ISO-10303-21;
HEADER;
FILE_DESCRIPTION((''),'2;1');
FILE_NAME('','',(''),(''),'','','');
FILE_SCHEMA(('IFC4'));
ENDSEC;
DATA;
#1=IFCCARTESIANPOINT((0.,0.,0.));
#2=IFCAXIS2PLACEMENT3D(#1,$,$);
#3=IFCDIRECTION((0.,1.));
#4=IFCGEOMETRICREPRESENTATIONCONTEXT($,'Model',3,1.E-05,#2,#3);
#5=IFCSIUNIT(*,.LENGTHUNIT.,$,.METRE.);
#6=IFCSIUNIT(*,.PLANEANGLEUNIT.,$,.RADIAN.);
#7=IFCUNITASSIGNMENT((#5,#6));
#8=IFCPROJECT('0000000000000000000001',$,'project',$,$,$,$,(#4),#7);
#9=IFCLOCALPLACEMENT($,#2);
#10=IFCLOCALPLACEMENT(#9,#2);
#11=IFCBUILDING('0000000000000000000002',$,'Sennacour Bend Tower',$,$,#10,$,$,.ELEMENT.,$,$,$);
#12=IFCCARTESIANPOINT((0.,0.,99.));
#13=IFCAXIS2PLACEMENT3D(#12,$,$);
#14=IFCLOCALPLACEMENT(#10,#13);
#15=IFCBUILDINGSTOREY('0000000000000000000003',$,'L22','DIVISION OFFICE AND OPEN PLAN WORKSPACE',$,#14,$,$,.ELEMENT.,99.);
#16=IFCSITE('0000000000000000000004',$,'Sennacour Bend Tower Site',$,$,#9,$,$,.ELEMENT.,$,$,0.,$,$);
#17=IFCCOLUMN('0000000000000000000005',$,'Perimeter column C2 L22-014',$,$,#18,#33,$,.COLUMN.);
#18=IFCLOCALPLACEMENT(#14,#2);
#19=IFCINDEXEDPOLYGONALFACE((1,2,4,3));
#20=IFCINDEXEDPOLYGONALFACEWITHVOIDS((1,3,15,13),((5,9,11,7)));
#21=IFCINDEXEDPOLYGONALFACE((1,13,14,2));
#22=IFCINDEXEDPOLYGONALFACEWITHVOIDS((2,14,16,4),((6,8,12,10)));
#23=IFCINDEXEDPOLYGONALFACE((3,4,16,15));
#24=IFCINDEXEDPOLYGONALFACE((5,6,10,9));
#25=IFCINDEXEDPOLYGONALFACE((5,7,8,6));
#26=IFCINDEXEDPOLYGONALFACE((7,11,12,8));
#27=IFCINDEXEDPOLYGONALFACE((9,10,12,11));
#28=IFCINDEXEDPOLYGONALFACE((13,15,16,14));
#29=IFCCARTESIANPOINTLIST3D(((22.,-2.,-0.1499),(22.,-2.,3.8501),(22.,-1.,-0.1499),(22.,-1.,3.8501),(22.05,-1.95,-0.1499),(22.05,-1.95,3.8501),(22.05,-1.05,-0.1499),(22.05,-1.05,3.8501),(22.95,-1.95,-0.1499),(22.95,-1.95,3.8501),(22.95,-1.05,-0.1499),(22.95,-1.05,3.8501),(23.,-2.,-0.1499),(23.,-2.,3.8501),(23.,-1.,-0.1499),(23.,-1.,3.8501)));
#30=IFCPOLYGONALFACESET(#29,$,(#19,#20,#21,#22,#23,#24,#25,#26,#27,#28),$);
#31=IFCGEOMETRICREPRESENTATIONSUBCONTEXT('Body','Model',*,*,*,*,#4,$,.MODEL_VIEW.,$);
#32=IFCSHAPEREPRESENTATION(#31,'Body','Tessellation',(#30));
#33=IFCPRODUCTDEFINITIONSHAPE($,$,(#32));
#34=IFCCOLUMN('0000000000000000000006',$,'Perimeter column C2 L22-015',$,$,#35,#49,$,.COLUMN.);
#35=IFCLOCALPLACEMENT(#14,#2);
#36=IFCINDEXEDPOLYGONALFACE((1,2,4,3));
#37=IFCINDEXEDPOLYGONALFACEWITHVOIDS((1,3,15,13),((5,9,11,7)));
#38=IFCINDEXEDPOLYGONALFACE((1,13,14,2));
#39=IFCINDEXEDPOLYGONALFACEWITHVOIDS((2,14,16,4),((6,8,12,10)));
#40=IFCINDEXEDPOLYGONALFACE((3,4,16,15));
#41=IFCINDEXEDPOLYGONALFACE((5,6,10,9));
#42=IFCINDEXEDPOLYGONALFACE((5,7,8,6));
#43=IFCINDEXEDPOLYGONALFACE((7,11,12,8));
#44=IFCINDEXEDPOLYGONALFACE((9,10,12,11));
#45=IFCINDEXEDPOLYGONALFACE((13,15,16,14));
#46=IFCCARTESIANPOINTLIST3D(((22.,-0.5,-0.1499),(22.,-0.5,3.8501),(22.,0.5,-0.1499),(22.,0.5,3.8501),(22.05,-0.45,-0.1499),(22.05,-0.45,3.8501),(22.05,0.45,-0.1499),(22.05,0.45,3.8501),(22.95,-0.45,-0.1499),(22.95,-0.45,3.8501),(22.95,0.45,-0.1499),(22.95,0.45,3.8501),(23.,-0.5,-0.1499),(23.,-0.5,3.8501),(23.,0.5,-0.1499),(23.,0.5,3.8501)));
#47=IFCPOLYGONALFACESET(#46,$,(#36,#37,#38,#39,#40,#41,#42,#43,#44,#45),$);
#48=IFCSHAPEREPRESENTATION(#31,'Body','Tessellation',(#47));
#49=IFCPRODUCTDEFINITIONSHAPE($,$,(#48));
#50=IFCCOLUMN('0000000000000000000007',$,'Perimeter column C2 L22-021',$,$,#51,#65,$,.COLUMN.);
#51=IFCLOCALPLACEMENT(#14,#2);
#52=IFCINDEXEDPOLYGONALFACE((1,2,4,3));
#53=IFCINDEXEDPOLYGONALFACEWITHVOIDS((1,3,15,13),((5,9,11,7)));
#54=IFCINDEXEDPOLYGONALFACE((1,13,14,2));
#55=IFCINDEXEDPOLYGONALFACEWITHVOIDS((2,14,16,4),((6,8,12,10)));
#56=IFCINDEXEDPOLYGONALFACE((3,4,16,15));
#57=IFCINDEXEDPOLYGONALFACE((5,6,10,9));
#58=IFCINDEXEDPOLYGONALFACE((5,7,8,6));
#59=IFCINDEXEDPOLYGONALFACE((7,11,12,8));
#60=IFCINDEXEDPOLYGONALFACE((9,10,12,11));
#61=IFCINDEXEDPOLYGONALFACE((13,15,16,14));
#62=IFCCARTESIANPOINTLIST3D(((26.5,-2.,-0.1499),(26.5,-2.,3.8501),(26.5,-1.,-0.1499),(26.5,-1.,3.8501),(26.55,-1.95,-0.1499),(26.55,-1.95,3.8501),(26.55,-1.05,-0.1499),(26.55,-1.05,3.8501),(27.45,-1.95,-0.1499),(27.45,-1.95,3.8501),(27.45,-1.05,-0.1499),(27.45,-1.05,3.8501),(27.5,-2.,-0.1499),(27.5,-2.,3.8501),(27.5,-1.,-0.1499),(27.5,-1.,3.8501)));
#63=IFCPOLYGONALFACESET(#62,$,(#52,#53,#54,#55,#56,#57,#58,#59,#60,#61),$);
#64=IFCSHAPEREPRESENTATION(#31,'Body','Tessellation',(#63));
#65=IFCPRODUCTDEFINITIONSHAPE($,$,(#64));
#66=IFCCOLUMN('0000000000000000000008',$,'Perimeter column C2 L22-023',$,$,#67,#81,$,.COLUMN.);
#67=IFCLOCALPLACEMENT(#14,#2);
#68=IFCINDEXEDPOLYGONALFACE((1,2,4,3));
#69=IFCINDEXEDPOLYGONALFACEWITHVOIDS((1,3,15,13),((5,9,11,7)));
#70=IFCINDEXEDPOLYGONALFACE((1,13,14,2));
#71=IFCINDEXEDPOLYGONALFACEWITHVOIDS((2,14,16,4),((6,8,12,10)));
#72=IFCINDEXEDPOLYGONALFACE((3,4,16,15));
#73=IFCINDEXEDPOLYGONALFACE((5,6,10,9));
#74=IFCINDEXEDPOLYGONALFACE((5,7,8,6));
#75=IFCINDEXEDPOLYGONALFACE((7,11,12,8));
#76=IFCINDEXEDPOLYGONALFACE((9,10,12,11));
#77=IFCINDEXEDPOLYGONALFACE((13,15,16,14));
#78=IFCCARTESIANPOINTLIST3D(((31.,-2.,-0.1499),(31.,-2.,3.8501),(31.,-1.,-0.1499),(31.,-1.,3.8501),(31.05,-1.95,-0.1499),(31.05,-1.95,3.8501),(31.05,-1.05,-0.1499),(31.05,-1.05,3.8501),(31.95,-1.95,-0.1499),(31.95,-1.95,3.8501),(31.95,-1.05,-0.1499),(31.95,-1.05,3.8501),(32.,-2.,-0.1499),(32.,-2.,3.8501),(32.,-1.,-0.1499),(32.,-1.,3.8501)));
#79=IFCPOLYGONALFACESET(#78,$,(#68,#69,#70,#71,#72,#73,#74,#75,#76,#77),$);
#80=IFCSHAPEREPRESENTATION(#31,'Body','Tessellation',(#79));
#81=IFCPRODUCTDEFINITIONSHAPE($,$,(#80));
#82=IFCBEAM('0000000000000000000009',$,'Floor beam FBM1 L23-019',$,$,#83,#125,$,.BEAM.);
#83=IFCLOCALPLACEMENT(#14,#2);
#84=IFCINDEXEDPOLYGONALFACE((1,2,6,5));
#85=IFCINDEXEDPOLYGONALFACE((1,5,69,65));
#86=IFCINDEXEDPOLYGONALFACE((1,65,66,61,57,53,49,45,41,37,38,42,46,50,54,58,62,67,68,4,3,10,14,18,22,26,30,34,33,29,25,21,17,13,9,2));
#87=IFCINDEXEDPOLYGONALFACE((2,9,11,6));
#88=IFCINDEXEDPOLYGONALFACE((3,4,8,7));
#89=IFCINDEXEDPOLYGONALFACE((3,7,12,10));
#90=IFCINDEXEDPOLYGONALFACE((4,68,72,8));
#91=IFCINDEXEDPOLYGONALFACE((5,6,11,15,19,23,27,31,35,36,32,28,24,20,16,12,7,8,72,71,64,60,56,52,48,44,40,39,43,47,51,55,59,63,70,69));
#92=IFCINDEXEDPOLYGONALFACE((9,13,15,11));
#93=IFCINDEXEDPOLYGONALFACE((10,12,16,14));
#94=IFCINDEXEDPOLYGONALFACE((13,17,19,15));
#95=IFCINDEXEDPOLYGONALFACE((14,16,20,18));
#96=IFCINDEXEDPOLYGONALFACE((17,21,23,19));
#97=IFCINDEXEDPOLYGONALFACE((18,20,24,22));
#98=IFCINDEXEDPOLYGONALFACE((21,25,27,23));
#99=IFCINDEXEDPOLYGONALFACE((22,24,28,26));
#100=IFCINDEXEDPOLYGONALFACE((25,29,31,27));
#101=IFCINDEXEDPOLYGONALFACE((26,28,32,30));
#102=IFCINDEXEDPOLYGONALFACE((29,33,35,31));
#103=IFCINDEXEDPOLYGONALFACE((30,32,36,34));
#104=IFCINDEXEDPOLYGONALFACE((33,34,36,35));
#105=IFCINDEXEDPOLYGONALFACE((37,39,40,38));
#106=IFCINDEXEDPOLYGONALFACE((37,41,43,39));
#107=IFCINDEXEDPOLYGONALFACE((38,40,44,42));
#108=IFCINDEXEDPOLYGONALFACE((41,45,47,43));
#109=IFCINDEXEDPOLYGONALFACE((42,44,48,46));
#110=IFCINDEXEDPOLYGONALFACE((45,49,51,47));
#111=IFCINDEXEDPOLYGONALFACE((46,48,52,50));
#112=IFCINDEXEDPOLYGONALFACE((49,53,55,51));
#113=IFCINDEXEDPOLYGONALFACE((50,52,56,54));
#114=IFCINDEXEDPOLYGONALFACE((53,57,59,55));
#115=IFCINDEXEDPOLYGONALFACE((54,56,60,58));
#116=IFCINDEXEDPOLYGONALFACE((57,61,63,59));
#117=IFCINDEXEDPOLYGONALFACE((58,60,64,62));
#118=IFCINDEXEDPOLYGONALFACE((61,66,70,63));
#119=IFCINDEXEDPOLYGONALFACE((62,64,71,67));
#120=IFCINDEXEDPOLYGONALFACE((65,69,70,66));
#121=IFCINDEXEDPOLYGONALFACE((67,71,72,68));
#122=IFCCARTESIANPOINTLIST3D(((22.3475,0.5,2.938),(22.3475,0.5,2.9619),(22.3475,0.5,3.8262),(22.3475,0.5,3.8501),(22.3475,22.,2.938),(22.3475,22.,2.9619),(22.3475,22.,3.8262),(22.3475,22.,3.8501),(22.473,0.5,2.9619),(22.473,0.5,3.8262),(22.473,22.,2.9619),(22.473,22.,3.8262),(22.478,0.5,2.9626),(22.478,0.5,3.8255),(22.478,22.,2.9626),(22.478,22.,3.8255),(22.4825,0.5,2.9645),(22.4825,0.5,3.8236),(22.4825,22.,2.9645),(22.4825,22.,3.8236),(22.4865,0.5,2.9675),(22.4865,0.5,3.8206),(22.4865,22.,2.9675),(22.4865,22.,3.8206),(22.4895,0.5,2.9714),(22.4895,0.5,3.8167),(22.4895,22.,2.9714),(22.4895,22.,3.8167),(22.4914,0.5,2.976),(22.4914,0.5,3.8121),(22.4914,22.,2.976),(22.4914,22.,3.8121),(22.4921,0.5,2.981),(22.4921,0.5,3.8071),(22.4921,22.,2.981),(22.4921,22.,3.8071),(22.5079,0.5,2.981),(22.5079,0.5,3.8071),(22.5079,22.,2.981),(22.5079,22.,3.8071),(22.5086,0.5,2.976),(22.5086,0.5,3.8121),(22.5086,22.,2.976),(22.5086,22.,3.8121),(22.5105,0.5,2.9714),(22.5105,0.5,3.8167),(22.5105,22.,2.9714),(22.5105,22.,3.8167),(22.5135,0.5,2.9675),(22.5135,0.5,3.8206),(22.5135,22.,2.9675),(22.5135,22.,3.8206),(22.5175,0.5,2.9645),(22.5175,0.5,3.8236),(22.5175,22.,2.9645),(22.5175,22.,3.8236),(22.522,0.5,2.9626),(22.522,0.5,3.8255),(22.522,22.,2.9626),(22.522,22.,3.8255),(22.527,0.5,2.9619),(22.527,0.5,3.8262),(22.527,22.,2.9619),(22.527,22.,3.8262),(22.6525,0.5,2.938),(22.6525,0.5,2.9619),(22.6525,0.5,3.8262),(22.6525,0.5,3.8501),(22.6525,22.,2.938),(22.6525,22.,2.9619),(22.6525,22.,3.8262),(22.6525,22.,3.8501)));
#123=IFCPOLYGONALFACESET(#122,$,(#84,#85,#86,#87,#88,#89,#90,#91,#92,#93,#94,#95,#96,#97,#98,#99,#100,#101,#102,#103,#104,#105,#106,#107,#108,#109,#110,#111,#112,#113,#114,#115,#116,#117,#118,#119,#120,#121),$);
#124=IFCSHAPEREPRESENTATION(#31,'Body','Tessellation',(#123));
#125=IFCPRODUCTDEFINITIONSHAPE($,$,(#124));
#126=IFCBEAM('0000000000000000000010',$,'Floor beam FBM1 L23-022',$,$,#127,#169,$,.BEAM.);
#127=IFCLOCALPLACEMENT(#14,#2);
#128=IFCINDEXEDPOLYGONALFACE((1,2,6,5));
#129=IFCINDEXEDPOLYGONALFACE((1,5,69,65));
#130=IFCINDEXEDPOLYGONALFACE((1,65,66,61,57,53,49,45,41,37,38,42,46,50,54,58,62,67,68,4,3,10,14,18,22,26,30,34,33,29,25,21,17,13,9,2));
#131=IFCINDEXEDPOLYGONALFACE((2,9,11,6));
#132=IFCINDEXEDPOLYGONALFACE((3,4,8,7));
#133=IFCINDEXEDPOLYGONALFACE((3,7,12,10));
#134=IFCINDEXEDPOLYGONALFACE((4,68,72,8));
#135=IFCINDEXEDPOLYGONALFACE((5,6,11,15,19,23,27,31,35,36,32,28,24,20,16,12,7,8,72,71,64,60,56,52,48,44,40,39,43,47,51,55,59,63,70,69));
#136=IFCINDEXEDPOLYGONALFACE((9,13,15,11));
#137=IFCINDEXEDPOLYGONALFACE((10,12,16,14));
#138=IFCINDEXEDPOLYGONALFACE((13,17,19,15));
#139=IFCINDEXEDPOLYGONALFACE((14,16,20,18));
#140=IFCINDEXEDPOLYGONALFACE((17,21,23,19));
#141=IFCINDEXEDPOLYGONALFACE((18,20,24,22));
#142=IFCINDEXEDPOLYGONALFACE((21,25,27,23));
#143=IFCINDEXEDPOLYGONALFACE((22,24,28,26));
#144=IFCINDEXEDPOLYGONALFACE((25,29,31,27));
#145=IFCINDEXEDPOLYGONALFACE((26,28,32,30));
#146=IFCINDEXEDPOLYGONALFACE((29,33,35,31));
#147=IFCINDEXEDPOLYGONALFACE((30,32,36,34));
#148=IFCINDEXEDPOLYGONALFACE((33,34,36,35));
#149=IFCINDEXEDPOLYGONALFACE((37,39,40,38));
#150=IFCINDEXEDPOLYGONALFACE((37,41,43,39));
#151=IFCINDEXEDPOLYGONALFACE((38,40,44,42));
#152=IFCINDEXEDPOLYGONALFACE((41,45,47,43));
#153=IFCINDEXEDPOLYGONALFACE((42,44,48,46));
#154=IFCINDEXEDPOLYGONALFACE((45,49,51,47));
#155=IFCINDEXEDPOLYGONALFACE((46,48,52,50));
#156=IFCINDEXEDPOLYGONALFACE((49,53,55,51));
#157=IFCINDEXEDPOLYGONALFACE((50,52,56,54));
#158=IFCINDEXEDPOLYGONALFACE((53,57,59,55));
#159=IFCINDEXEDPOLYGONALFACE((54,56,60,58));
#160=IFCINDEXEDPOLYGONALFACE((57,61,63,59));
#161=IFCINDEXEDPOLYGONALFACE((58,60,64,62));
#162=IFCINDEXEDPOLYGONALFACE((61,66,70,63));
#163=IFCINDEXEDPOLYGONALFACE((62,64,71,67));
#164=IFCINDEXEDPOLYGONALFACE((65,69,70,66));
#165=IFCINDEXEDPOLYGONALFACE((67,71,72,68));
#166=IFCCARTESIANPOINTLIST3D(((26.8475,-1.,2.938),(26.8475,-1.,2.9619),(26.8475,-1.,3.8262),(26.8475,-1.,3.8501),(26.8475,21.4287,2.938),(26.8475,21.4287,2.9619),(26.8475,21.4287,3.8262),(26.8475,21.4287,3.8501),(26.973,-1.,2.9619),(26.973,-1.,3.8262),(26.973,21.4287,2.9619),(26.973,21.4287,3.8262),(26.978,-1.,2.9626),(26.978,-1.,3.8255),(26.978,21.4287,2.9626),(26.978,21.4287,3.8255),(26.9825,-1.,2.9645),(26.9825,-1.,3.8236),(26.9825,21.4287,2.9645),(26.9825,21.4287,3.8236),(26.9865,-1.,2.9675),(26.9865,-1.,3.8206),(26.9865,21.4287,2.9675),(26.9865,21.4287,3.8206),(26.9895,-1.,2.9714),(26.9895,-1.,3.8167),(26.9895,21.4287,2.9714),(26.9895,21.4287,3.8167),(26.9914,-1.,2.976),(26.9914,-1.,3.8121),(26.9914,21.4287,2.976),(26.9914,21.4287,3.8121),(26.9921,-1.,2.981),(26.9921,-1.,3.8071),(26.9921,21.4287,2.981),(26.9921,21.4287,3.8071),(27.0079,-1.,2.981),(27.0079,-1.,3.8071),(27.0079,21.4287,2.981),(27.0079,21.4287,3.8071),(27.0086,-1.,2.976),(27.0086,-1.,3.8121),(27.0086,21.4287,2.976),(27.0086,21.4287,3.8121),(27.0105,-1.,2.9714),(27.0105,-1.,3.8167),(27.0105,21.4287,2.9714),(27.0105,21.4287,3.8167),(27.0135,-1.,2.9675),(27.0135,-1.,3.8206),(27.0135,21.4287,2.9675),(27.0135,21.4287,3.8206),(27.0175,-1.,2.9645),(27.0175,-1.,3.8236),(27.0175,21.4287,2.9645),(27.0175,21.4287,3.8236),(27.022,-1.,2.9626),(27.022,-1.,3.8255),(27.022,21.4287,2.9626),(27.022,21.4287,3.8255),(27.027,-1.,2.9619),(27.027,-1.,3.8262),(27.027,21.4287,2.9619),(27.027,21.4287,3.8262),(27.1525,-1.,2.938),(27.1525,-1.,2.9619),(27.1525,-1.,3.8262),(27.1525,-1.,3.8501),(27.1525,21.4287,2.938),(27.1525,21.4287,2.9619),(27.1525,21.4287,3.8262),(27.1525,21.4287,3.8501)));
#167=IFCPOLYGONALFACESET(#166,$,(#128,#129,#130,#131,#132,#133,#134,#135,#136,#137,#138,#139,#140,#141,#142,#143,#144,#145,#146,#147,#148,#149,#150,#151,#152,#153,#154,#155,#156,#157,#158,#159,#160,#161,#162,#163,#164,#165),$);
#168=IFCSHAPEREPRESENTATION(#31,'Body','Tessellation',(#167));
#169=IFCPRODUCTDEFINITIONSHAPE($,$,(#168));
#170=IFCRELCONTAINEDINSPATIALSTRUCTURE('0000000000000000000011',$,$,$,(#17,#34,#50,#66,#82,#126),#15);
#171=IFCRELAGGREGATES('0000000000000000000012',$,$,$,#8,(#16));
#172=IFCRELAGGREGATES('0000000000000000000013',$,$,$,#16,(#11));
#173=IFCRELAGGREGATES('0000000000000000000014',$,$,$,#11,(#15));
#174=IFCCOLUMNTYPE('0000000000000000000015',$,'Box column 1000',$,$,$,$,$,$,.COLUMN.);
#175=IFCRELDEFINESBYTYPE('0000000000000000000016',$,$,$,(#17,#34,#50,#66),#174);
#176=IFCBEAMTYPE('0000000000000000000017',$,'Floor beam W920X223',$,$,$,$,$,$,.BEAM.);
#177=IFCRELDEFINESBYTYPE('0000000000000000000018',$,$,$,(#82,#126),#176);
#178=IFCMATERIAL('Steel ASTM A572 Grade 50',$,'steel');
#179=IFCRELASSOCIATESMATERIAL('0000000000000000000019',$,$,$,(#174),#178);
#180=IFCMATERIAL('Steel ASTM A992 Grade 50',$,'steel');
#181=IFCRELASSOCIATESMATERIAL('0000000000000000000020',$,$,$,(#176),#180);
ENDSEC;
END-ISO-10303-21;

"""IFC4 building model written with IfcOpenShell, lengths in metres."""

from ifc_helpers import new_model, si_unit, direction, frame, origin, origin_2d, place, context, subcontext, project, spatial, hollow_rectangle, i_section, extrude, material, material_profile, profile_set, type_object, element, save


model = new_model("IFC4")

# Units and contexts
model_context = context("Model", 3, precision=1e-05, world=origin(), true_north=direction((0.0, 1.0)))
body_context = subcontext(model_context, "Body", "Model", "MODEL_VIEW")
ifc_project = project(units=[si_unit("LENGTHUNIT", "METRE"), si_unit("PLANEANGLEUNIT", "RADIAN")], contexts=[model_context])

# Site, building, storey
site_placement = place(None, origin())
site = spatial("IfcSite", under=ifc_project, at=site_placement, Name="Sennacour Bend Tower Site", CompositionType="ELEMENT", RefElevation=0.0)
building_placement = place(site_placement, origin())
building = spatial("IfcBuilding", under=site, at=building_placement, Name="Sennacour Bend Tower", CompositionType="ELEMENT")
storey_placement = place(building_placement, frame((0.0, 0.0, 99.0)))
storey = spatial("IfcBuildingStorey", under=building, at=storey_placement, Name="L22", Description="DIVISION OFFICE AND OPEN PLAN WORKSPACE", CompositionType="ELEMENT", Elevation=99.0)

# Columns
ifc_material_1 = material(Name="Steel ASTM A572 Grade 50", Category="steel")
ifc_material_profile_1 = material_profile(ifc_material_1, hollow_rectangle(XDim=1.0, YDim=1.0, WallThickness=0.05, at=origin_2d()), Name="Steel ASTM A572 Grade 50", Category="steel")
ifc_profile_set_1 = profile_set([ifc_material_profile_1], Name="Steel ASTM A572 Grade 50")
column_type = type_object("IfcColumnType", Name="Box column 1000", PredefinedType="COLUMN", material=ifc_profile_set_1)
for number, where, z_axis, x_axis, name in (
    (1, (22.5, -1.5, -0.1499), (0.0, 0.0, 1.0), (1.0, 0.0, 0.0), "Perimeter column C2 L22-014"),
    (2, (22.5, 0.0, -0.1499), (0.0, 0.0, 1.0), (1.0, 0.0, 0.0), "Perimeter column C2 L22-015"),
    (3, (27.0, -1.5, -0.1499), (0.0, 0.0, 1.0), (1.0, 0.0, 0.0), "Perimeter column C2 L22-021"),
    (4, (31.5, -1.5, -0.1499), (0.0, 0.0, 1.0), (1.0, 0.0, 0.0), "Perimeter column C2 L22-023"),
):
    element("IfcColumn", number, at=place(storey_placement, frame(where, z_axis=z_axis, x_axis=x_axis)), inside=storey, type_object=column_type, Name=name, PredefinedType="COLUMN", context=body_context, shape_type="SweptSolid", body=[
        extrude(hollow_rectangle(XDim=1.0, YDim=1.0, WallThickness=0.05, at=origin_2d()), origin(), (0.0, 0.0, 1.0), 4.0),
    ])

# Beams
ifc_material_2 = material(Name="Steel ASTM A992 Grade 50", Category="steel")
ifc_material_profile_2 = material_profile(ifc_material_2, i_section(OverallWidth=0.3049, OverallDepth=0.9121, WebThickness=0.0159, FlangeThickness=0.0239, FilletRadius=0.019, at=origin_2d()), Name="Steel ASTM A992 Grade 50", Category="steel")
ifc_profile_set_2 = profile_set([ifc_material_profile_2], Name="Steel ASTM A992 Grade 50")
beam_type_1 = type_object("IfcBeamType", Name="Floor beam W920X223", PredefinedType="BEAM", material=ifc_profile_set_2)
beam_1_placement = place(storey_placement, frame((22.5, 0.5, 3.394), z_axis=(0.0, 1.0, 0.0), x_axis=(-1.0, 0.0, 0.0)))
element("IfcBeam", 5, at=beam_1_placement, inside=storey, type_object=beam_type_1, Name="Floor beam FBM1 L23-019", PredefinedType="BEAM", context=body_context, shape_type="SweptSolid", body=[
    extrude(i_section(OverallWidth=0.3049, OverallDepth=0.9121, WebThickness=0.0159, FlangeThickness=0.0239, FilletRadius=0.019, at=origin_2d()), origin(), (0.0, 0.0, 1.0), 21.5),
])
beam_2_placement = place(storey_placement, frame((27.0, -1.0, 3.394), z_axis=(0.0, 1.0, 0.0), x_axis=(-1.0, 0.0, 0.0)))
element("IfcBeam", 6, at=beam_2_placement, inside=storey, type_object=beam_type_1, Name="Floor beam FBM1 L23-022", PredefinedType="BEAM", context=body_context, shape_type="SweptSolid", body=[
    extrude(i_section(OverallWidth=0.3049, OverallDepth=0.9121, WebThickness=0.0159, FlangeThickness=0.0239, FilletRadius=0.019, at=origin_2d()), origin(), (0.0, 0.0, 1.0), 22.4287),
])

save(model, "model.ifc")
